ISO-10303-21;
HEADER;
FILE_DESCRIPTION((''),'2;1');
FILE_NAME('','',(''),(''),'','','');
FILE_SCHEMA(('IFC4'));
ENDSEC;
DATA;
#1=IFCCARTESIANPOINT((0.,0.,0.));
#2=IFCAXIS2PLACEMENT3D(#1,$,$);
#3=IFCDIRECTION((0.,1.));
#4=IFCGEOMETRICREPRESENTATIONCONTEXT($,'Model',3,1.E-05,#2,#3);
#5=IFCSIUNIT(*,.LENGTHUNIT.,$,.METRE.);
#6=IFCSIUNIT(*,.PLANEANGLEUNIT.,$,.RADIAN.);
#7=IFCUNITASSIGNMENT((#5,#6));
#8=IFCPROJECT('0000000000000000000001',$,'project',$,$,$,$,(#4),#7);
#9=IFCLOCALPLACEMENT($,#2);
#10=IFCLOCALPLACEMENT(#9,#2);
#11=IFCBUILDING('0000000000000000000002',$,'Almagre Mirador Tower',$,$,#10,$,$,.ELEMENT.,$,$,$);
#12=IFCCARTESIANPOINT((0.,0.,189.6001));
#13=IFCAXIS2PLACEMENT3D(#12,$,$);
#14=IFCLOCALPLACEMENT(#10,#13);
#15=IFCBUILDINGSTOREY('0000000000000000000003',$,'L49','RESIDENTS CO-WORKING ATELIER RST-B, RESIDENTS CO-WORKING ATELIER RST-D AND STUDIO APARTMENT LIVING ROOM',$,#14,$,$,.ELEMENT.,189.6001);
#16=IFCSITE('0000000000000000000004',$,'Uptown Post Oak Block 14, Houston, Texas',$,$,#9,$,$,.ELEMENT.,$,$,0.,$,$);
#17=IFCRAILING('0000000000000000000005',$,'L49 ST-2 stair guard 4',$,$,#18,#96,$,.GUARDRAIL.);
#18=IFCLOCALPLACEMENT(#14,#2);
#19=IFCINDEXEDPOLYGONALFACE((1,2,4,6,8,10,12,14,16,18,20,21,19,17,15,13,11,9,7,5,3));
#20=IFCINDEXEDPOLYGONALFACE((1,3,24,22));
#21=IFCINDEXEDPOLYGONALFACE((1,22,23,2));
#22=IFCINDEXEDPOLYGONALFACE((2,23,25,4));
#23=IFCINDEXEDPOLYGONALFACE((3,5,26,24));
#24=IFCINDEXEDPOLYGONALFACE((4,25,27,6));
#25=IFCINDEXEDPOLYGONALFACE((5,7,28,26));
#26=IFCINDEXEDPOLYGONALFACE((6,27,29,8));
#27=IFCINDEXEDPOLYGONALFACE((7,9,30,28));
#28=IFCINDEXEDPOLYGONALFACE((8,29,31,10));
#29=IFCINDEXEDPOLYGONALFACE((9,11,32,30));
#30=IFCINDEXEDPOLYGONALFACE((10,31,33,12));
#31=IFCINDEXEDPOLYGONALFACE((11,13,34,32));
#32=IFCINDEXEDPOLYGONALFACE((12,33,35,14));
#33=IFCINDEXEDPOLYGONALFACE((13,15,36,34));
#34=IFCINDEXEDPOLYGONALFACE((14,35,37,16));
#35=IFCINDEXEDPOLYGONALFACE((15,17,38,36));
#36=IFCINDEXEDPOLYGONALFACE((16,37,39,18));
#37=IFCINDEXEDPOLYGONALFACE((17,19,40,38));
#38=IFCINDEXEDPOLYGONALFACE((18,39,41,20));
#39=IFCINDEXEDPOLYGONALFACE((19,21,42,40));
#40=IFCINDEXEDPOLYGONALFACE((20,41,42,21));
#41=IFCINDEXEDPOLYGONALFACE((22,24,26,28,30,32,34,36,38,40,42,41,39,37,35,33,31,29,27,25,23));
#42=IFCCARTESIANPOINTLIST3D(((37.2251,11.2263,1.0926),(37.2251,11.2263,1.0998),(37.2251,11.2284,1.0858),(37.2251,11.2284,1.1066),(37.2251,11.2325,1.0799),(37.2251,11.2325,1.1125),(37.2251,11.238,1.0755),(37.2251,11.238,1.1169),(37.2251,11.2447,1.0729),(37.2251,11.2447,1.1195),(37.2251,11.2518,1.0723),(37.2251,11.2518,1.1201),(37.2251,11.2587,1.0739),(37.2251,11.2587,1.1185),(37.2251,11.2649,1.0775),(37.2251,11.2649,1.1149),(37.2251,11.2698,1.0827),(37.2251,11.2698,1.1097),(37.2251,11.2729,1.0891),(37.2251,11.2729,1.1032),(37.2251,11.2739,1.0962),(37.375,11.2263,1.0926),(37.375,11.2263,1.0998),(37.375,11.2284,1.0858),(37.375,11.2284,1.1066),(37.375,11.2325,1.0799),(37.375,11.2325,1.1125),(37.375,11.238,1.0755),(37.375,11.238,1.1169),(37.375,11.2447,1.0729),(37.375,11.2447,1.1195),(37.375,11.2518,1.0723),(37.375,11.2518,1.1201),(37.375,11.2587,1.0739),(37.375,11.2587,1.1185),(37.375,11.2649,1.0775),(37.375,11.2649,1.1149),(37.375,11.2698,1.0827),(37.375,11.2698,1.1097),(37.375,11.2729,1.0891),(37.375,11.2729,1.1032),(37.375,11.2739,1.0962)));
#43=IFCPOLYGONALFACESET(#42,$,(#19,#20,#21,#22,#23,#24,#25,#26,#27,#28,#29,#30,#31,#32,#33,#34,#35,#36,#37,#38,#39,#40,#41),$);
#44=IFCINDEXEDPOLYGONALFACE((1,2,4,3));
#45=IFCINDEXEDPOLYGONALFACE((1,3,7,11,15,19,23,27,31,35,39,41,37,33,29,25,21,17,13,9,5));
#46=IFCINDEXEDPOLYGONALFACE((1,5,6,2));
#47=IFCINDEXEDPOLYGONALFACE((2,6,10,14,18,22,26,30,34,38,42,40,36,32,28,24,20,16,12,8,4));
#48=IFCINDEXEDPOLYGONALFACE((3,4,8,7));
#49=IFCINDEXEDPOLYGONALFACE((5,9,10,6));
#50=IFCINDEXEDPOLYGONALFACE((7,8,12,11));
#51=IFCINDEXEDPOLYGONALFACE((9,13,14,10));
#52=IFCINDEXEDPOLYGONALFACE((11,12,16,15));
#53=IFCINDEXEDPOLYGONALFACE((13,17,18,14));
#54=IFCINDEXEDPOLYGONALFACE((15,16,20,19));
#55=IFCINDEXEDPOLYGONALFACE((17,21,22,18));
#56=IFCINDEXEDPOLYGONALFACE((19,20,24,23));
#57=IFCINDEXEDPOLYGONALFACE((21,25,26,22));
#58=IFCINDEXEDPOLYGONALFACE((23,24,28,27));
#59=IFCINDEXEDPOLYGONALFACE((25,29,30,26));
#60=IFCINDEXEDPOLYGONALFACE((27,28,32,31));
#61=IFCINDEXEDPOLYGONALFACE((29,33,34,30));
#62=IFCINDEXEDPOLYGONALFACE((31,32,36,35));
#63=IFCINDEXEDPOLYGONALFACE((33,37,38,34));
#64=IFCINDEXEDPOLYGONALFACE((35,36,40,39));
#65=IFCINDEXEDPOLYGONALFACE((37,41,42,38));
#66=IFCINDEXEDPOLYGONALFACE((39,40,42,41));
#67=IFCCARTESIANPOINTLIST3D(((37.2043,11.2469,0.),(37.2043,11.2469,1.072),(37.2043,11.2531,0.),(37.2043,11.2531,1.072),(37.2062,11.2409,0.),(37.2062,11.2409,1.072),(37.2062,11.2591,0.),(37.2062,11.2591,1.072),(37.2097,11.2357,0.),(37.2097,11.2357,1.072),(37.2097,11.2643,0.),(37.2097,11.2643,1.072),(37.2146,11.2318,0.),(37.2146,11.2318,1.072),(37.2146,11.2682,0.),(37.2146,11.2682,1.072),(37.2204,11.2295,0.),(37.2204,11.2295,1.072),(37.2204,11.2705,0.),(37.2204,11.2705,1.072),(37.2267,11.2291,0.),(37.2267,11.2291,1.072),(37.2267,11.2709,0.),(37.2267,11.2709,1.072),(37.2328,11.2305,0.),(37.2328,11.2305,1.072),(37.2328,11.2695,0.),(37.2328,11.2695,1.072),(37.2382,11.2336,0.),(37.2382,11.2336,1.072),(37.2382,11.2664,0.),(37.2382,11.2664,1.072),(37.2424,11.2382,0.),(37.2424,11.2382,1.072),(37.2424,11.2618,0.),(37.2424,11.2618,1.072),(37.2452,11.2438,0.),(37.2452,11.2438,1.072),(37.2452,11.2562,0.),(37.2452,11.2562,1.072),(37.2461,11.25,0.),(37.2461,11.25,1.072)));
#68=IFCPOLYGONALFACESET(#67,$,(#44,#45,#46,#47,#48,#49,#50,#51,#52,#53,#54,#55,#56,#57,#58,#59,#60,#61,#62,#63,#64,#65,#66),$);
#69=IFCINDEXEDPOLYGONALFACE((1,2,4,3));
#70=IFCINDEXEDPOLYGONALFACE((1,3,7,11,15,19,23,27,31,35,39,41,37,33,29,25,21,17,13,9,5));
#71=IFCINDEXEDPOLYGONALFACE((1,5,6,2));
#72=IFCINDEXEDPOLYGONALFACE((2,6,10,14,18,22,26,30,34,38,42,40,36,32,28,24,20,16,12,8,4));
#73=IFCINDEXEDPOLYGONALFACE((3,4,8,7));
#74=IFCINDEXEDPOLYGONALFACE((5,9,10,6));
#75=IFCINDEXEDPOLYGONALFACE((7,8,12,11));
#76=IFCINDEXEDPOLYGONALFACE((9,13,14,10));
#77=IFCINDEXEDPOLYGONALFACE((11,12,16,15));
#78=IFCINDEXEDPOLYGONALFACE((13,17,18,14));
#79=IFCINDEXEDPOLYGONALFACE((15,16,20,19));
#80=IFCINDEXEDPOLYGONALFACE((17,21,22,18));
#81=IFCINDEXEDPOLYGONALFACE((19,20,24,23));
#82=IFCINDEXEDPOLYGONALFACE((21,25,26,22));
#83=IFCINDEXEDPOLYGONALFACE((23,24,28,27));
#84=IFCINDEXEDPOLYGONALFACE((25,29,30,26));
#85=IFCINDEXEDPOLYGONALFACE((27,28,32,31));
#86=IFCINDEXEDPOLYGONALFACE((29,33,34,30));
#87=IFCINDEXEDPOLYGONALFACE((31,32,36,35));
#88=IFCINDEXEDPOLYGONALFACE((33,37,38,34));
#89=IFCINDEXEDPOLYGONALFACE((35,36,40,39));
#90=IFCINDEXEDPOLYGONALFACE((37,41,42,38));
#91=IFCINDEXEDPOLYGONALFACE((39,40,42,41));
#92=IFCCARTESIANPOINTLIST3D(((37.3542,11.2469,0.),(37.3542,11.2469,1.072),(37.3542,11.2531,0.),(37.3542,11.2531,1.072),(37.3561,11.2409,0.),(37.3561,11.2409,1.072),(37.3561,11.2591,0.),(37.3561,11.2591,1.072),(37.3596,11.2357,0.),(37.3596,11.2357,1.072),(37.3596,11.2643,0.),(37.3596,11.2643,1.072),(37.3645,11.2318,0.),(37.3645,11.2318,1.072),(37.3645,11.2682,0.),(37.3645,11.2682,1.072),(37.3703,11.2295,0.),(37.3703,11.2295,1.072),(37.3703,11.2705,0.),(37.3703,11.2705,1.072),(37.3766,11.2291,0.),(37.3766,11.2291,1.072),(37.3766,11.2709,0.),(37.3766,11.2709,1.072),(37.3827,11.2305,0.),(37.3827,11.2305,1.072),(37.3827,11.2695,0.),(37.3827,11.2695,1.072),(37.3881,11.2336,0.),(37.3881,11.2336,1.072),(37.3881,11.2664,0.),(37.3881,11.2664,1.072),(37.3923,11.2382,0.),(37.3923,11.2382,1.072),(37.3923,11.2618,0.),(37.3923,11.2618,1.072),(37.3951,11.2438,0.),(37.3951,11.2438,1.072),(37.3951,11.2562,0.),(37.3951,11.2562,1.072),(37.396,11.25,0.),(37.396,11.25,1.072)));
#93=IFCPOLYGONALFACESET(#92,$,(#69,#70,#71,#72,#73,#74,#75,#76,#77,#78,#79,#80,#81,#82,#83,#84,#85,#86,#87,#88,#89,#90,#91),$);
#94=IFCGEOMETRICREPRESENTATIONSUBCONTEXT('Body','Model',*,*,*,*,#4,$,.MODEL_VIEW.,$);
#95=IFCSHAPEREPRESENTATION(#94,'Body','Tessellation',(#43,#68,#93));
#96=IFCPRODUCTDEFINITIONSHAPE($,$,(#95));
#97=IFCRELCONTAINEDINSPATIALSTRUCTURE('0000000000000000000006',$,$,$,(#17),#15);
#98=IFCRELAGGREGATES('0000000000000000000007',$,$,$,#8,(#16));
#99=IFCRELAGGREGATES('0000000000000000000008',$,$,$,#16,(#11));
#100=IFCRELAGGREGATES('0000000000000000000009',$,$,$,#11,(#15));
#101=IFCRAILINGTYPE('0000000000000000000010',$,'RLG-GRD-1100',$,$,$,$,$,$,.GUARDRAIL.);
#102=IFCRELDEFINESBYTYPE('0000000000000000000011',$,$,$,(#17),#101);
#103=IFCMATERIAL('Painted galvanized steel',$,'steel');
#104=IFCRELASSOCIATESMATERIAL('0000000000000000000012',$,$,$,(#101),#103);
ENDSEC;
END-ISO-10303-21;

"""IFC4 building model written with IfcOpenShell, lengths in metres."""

from ifc_helpers import new_model, si_unit, direction, frame, origin, origin_2d, place, context, subcontext, project, spatial, circle, extrude, material, type_object, element, save


model = new_model("IFC4")

# Units and contexts
model_context = context("Model", 3, precision=1e-05, world=origin(), true_north=direction((0.0, 1.0)))
body_context = subcontext(model_context, "Body", "Model", "MODEL_VIEW")
ifc_project = project(units=[si_unit("LENGTHUNIT", "METRE"), si_unit("PLANEANGLEUNIT", "RADIAN")], contexts=[model_context])

# Site, building, storey
site_placement = place(None, origin())
site = spatial("IfcSite", under=ifc_project, at=site_placement, Name="Uptown Post Oak Block 14, Houston, Texas", CompositionType="ELEMENT", RefElevation=0.0)
building_placement = place(site_placement, origin())
building = spatial("IfcBuilding", under=site, at=building_placement, Name="Almagre Mirador Tower", CompositionType="ELEMENT")
storey_placement = place(building_placement, frame((0.0, 0.0, 189.6001)))
storey = spatial("IfcBuildingStorey", under=building, at=storey_placement, Name="L49", Description="RESIDENTS CO-WORKING ATELIER RST-B, RESIDENTS CO-WORKING ATELIER RST-D AND STUDIO APARTMENT LIVING ROOM", CompositionType="ELEMENT", Elevation=189.6001)

# Railing
ifc_material_1 = material(Name="Painted galvanized steel", Category="steel")
railing_type_1 = type_object("IfcRailingType", Name="RLG-GRD-1100", PredefinedType="GUARDRAIL", material=ifc_material_1)
railing_1_placement = place(storey_placement, frame((37.2251, 11.25, 0.0)))
element("IfcRailing", 1, at=railing_1_placement, inside=storey, type_object=railing_type_1, Name="L49 ST-2 stair guard 4", PredefinedType="GUARDRAIL", context=body_context, shape_type="SweptSolid", body=[
    extrude(circle(Radius=0.0239, at=origin_2d()), frame((0.0, 0.0, 1.0962), z_axis=(1.0, 0.0, 0.0), x_axis=(0.0, 1.0, 0.0)), (0.0, 0.0, 1.0), 0.1499),
    extrude(circle(Radius=0.021, at=origin_2d()), origin(), (0.0, 0.0, 1.0), 1.072),
    extrude(circle(Radius=0.021, at=origin_2d()), frame((0.1499, 0.0, 0.0)), (0.0, 0.0, 1.0), 1.072),
])

save(model, "model.ifc")
